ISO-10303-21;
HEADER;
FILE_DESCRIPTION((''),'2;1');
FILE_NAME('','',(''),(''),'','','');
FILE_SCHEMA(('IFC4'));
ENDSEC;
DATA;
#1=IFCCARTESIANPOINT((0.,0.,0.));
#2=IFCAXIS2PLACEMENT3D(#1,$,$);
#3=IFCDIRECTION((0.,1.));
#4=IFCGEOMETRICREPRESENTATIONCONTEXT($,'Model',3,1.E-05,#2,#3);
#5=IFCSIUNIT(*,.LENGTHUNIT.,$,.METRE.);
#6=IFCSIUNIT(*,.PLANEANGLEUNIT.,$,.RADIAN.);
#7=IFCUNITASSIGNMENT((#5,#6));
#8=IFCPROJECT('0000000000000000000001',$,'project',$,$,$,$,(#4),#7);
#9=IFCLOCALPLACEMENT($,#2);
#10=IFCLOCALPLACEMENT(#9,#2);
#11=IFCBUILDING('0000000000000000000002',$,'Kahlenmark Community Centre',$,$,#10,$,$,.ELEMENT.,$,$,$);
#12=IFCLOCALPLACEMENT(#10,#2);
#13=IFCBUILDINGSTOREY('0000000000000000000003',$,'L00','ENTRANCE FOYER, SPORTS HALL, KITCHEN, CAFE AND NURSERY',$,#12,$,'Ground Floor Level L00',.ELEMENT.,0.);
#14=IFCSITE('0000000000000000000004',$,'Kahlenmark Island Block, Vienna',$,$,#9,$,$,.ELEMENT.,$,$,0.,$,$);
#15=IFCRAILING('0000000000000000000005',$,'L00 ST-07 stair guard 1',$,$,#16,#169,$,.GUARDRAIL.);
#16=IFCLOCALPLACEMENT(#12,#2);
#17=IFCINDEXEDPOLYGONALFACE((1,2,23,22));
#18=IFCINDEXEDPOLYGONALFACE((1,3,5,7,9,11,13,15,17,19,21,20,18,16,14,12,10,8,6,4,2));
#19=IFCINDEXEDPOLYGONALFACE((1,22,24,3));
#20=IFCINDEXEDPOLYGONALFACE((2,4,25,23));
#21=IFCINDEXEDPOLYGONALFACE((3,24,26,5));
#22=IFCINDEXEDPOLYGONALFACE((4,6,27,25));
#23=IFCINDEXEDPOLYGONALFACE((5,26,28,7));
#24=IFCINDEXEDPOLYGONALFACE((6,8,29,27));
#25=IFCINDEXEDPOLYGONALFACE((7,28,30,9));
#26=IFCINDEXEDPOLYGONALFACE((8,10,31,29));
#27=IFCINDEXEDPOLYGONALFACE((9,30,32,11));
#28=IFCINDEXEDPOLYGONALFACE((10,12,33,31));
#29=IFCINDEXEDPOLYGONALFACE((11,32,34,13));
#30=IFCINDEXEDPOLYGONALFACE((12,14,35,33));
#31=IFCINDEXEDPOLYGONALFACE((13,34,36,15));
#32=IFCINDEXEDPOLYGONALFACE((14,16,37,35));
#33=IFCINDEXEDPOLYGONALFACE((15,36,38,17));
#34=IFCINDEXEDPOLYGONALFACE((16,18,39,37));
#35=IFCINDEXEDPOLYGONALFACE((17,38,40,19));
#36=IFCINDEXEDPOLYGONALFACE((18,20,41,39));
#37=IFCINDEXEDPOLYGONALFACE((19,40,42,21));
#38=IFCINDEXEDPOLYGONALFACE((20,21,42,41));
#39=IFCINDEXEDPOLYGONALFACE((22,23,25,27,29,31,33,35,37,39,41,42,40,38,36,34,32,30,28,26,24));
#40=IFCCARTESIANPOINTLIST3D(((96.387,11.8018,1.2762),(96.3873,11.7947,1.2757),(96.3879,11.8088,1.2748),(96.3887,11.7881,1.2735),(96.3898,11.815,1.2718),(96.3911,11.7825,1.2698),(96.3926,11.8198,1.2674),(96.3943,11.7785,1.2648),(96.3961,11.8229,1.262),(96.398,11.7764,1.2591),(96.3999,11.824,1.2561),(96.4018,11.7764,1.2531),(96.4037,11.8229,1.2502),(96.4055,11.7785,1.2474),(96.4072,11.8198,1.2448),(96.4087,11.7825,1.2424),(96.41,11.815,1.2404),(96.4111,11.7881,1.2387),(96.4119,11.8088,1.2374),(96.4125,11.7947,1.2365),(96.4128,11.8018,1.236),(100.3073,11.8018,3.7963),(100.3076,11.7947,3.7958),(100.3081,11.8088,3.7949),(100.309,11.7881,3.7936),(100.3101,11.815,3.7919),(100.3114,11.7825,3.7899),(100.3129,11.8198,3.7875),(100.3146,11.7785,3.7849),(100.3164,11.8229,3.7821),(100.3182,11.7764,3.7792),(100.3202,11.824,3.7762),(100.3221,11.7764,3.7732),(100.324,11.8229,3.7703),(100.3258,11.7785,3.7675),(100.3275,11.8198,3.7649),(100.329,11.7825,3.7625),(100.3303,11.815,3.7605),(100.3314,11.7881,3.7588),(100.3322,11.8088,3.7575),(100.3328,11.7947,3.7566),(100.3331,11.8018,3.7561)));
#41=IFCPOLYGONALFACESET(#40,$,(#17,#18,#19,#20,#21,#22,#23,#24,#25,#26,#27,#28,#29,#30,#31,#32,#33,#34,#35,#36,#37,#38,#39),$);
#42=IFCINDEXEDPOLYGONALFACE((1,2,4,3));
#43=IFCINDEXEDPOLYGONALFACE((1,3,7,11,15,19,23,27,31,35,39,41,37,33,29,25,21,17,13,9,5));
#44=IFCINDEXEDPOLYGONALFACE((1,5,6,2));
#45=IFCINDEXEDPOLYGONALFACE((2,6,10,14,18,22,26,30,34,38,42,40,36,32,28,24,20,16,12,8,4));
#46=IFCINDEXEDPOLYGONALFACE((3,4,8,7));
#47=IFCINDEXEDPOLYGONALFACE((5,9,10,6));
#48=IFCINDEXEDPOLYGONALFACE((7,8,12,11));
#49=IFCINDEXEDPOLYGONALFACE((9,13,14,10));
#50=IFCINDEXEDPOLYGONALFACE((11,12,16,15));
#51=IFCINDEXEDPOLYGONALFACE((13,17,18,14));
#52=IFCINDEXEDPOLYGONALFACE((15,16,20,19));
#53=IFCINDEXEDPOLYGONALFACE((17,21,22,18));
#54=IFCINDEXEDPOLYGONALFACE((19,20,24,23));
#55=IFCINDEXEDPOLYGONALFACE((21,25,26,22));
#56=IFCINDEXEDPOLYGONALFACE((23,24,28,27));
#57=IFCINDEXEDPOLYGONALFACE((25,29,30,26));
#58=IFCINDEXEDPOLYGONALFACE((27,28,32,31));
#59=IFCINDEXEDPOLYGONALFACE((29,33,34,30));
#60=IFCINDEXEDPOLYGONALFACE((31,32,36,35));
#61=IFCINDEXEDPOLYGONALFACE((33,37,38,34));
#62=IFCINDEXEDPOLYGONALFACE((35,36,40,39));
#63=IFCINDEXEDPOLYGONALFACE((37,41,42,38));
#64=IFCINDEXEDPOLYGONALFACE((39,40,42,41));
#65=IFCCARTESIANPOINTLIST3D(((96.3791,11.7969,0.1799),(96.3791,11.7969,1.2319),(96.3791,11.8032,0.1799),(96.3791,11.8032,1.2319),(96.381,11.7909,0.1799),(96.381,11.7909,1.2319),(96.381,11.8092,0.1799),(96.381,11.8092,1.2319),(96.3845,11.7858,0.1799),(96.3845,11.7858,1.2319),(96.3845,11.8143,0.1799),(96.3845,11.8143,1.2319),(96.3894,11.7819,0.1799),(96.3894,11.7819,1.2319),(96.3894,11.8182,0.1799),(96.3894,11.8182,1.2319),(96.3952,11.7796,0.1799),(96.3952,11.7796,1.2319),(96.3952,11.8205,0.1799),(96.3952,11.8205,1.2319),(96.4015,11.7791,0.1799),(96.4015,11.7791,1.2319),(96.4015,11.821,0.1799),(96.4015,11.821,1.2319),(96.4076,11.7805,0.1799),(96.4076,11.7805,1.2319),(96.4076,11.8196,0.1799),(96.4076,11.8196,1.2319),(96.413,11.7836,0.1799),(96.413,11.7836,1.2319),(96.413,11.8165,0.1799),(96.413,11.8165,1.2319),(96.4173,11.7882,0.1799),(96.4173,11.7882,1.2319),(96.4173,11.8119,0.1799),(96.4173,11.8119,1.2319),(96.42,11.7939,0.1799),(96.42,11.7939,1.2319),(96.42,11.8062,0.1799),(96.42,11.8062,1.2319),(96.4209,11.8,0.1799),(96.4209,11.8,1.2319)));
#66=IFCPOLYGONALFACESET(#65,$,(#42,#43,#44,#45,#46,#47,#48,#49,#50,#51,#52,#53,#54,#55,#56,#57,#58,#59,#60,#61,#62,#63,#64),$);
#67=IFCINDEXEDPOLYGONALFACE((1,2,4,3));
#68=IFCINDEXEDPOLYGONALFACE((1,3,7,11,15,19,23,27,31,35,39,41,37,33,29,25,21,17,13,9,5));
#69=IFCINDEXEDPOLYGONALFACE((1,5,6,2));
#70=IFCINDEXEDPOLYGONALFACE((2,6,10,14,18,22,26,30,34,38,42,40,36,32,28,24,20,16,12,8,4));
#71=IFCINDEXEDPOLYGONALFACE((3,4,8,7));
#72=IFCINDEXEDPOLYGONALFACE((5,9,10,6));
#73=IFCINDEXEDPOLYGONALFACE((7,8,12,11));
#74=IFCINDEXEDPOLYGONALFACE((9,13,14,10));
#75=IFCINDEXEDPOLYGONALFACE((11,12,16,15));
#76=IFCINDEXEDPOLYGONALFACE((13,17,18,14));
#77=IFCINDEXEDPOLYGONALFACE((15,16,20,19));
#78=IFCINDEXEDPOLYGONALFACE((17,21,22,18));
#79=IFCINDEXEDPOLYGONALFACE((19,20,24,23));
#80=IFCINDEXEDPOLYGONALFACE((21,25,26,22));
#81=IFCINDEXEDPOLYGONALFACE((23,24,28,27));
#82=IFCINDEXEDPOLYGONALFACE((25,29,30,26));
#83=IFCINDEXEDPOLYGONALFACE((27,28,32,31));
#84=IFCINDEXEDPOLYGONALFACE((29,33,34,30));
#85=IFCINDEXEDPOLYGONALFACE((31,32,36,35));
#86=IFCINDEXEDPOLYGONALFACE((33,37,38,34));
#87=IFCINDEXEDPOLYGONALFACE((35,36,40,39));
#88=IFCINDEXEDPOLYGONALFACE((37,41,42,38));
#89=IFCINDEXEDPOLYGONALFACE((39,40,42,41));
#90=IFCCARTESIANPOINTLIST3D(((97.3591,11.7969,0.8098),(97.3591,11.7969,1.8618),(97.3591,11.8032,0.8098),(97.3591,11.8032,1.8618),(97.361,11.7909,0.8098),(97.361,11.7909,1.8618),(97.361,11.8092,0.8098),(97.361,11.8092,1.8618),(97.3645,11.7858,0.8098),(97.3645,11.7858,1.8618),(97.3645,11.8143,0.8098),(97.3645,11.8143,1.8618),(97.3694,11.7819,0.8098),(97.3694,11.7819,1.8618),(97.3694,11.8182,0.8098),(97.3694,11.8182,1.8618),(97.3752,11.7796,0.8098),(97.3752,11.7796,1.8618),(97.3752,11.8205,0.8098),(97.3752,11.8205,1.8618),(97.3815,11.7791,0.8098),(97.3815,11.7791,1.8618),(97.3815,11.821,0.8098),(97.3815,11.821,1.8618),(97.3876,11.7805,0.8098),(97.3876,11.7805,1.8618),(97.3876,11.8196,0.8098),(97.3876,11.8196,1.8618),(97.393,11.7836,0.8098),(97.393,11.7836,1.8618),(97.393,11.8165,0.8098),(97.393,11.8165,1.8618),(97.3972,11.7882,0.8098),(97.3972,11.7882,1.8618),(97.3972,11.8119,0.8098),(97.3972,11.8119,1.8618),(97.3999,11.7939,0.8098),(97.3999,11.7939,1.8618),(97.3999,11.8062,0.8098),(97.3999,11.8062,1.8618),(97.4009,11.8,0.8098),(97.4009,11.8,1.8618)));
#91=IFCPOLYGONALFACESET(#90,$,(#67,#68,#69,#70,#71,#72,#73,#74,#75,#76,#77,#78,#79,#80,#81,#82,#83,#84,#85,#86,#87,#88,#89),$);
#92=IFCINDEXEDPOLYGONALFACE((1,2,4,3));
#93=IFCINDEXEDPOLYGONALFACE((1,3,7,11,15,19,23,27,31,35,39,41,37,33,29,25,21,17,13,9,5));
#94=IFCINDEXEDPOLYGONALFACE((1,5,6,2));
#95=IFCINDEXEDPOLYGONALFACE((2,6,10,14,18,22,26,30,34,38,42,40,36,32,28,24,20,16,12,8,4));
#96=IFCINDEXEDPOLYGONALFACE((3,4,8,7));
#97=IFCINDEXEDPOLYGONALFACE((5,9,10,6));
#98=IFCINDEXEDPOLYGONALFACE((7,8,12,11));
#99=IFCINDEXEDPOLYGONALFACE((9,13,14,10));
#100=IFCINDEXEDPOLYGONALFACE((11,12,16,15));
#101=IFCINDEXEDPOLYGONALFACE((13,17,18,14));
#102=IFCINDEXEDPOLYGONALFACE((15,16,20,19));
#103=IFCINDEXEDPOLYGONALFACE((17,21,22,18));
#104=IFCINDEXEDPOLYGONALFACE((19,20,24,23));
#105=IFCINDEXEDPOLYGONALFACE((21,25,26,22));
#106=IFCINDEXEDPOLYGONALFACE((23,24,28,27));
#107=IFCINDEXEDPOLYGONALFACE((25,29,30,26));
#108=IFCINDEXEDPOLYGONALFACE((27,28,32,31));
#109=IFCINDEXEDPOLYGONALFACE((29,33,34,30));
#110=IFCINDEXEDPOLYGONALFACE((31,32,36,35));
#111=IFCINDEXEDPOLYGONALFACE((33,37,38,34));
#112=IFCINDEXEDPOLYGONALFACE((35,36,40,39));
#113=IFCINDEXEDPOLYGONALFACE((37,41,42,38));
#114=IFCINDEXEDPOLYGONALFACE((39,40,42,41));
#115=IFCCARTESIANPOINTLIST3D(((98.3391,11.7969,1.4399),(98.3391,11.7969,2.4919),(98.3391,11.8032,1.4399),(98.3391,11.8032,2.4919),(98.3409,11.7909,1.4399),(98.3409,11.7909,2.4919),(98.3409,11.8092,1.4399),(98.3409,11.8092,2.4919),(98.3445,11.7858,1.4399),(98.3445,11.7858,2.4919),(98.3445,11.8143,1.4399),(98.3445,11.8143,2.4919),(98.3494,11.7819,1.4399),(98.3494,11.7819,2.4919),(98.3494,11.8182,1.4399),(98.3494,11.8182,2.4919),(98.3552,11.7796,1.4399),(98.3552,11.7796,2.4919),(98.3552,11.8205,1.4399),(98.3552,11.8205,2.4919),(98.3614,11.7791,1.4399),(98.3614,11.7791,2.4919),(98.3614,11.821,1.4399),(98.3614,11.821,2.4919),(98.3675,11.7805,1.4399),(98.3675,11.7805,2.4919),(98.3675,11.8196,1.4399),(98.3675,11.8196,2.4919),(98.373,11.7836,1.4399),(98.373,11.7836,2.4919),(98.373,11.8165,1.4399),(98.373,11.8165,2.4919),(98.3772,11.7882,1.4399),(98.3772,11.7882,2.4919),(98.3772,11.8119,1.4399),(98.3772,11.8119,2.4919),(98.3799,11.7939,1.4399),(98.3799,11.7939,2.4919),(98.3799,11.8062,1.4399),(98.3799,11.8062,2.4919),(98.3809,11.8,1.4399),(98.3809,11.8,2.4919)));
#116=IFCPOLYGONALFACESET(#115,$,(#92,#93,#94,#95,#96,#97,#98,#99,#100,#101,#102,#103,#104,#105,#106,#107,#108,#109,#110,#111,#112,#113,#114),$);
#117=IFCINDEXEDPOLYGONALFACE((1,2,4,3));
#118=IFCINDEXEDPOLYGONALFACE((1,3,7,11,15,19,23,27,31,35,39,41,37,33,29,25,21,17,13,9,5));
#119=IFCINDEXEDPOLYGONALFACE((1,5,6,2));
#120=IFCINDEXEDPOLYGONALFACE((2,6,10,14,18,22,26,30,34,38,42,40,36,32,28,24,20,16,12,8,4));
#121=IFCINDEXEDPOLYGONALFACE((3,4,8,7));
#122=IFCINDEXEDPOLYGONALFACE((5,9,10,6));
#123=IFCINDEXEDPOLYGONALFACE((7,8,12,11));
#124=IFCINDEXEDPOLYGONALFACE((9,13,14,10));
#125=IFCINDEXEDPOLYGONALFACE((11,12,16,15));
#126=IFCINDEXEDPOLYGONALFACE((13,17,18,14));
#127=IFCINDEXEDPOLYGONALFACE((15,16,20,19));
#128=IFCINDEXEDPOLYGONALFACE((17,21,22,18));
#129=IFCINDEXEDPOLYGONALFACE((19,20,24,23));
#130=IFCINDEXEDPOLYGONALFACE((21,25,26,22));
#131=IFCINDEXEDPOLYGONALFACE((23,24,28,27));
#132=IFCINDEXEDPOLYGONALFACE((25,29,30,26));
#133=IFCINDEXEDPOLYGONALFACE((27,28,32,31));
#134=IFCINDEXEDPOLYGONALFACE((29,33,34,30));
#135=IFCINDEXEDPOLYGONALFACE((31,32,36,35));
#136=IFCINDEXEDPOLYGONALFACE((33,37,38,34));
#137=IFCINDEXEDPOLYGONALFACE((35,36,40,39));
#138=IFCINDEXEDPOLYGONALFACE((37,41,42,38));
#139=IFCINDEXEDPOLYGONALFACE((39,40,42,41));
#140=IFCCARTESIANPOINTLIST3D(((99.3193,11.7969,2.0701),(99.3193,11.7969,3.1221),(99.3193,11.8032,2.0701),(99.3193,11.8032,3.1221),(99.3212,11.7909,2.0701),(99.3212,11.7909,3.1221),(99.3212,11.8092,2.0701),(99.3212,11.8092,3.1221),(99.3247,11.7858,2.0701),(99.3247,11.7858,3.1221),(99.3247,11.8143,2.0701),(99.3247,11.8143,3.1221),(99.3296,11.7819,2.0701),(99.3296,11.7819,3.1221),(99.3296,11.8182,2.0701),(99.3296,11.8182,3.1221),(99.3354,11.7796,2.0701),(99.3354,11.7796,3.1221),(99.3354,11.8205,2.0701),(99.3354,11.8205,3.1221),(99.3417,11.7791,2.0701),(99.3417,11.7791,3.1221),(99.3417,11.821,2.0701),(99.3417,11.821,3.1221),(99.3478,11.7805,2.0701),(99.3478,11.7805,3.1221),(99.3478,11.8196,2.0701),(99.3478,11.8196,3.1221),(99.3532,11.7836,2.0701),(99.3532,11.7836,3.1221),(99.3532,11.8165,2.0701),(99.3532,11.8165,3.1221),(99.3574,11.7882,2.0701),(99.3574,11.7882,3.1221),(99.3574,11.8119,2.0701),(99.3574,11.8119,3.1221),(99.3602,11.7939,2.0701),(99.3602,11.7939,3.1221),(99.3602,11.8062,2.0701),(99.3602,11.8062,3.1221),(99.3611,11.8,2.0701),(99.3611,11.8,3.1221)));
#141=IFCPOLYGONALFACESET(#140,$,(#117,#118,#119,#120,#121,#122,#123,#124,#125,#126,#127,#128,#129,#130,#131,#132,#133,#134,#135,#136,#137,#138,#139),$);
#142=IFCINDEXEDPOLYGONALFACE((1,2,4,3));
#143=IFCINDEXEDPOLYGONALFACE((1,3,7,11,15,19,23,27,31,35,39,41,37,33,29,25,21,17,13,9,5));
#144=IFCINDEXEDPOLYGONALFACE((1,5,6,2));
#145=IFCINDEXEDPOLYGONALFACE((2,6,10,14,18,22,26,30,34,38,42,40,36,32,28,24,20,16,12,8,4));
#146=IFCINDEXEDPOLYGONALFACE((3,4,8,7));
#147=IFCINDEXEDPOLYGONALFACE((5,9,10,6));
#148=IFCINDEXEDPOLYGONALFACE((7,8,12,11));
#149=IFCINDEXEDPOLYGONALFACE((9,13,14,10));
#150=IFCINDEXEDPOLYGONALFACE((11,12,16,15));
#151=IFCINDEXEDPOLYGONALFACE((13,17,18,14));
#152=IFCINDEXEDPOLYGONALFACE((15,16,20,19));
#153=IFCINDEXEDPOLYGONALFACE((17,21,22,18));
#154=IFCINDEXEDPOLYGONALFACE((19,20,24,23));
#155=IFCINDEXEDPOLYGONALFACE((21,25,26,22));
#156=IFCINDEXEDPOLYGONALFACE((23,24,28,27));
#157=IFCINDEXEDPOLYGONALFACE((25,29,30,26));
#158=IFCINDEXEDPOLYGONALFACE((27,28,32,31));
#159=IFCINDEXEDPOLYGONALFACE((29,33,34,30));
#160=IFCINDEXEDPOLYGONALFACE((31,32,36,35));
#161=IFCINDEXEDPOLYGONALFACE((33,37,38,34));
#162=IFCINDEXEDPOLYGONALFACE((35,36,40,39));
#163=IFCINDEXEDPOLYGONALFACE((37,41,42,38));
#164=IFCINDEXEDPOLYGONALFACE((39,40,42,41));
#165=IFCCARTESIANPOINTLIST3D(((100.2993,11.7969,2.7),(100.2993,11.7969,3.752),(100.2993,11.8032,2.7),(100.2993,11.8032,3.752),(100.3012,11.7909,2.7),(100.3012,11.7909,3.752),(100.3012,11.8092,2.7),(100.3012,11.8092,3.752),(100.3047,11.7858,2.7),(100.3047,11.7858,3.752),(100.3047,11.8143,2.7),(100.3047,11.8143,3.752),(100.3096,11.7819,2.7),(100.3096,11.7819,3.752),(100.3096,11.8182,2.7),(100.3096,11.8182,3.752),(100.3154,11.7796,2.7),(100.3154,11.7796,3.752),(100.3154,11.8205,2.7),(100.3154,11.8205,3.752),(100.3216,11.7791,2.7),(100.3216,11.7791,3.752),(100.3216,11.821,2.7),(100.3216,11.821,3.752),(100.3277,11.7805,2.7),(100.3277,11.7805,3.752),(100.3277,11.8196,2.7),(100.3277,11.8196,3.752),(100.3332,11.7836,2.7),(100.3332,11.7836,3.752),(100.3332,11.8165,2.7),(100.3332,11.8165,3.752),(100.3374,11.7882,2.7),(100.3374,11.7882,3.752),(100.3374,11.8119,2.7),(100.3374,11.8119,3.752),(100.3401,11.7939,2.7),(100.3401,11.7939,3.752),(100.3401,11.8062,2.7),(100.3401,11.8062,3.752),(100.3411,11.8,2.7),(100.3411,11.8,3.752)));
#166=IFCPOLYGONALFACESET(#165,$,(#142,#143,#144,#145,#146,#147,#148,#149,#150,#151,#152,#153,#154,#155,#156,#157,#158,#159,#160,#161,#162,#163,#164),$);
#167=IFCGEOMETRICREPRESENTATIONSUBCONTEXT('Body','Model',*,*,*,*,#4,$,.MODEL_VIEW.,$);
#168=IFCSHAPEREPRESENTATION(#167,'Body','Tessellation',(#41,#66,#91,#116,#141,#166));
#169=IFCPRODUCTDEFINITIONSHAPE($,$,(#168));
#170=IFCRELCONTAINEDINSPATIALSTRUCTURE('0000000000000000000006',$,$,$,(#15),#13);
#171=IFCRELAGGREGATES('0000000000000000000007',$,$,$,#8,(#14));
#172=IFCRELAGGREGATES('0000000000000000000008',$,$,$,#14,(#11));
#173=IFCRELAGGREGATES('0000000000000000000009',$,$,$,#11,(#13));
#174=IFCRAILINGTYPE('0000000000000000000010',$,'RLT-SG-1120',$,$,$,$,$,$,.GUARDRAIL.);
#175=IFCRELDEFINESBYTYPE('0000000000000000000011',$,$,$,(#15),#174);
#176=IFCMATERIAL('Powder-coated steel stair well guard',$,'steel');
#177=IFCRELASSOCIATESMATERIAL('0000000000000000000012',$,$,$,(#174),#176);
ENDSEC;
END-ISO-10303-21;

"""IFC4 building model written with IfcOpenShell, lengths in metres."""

from ifc_helpers import new_model, si_unit, direction, frame, origin, origin_2d, place, context, subcontext, project, spatial, circle, extrude, material, type_object, element, save


model = new_model("IFC4")

# Units and contexts
model_context = context("Model", 3, precision=1e-05, world=origin(), true_north=direction((0.0, 1.0)))
body_context = subcontext(model_context, "Body", "Model", "MODEL_VIEW")
ifc_project = project(units=[si_unit("LENGTHUNIT", "METRE"), si_unit("PLANEANGLEUNIT", "RADIAN")], contexts=[model_context])

# Site, building, storey
site_placement = place(None, origin())
site = spatial("IfcSite", under=ifc_project, at=site_placement, Name="Kahlenmark Island Block, Vienna", CompositionType="ELEMENT", RefElevation=0.0)
building_placement = place(site_placement, origin())
building = spatial("IfcBuilding", under=site, at=building_placement, Name="Kahlenmark Community Centre", CompositionType="ELEMENT")
storey_placement = place(building_placement, origin())
storey = spatial("IfcBuildingStorey", under=building, at=storey_placement, Name="L00", Description="ENTRANCE FOYER, SPORTS HALL, KITCHEN, CAFE AND NURSERY", LongName="Ground Floor Level L00", CompositionType="ELEMENT", Elevation=0.0)

# Railing
ifc_material_1 = material(Name="Powder-coated steel stair well guard", Category="steel")
railing_type_1 = type_object("IfcRailingType", Name="RLT-SG-1120", PredefinedType="GUARDRAIL", material=ifc_material_1)
railing_1_placement = place(storey_placement, frame((96.3999, 11.8, 0.1799)))
element("IfcRailing", 1, at=railing_1_placement, inside=storey, type_object=railing_type_1, Name="L00 ST-07 stair guard 1", PredefinedType="GUARDRAIL", context=body_context, shape_type="SweptSolid", body=[
    extrude(circle(Radius=0.0239, at=origin_2d()), frame((0.0, 0.0, 1.0762), z_axis=(0.841187, 0.0, 0.540744), x_axis=(0.0, 1.0, 0.0)), (0.0, 0.0, 1.0), 4.6604),
    extrude(circle(Radius=0.021, at=origin_2d()), origin(), (0.0, 0.0, 1.0), 1.052),
    extrude(circle(Radius=0.021, at=origin_2d()), frame((0.98, 0.0, 0.6299)), (0.0, 0.0, 1.0), 1.052),
    extrude(circle(Radius=0.021, at=origin_2d()), frame((1.96, 0.0, 1.26)), (0.0, 0.0, 1.0), 1.052),
    extrude(circle(Radius=0.021, at=origin_2d()), frame((2.9402, 0.0, 1.8901)), (0.0, 0.0, 1.0), 1.052),
    extrude(circle(Radius=0.021, at=origin_2d()), frame((3.9202, 0.0, 2.52)), (0.0, 0.0, 1.0), 1.052),
])

save(model, "model.ifc")
